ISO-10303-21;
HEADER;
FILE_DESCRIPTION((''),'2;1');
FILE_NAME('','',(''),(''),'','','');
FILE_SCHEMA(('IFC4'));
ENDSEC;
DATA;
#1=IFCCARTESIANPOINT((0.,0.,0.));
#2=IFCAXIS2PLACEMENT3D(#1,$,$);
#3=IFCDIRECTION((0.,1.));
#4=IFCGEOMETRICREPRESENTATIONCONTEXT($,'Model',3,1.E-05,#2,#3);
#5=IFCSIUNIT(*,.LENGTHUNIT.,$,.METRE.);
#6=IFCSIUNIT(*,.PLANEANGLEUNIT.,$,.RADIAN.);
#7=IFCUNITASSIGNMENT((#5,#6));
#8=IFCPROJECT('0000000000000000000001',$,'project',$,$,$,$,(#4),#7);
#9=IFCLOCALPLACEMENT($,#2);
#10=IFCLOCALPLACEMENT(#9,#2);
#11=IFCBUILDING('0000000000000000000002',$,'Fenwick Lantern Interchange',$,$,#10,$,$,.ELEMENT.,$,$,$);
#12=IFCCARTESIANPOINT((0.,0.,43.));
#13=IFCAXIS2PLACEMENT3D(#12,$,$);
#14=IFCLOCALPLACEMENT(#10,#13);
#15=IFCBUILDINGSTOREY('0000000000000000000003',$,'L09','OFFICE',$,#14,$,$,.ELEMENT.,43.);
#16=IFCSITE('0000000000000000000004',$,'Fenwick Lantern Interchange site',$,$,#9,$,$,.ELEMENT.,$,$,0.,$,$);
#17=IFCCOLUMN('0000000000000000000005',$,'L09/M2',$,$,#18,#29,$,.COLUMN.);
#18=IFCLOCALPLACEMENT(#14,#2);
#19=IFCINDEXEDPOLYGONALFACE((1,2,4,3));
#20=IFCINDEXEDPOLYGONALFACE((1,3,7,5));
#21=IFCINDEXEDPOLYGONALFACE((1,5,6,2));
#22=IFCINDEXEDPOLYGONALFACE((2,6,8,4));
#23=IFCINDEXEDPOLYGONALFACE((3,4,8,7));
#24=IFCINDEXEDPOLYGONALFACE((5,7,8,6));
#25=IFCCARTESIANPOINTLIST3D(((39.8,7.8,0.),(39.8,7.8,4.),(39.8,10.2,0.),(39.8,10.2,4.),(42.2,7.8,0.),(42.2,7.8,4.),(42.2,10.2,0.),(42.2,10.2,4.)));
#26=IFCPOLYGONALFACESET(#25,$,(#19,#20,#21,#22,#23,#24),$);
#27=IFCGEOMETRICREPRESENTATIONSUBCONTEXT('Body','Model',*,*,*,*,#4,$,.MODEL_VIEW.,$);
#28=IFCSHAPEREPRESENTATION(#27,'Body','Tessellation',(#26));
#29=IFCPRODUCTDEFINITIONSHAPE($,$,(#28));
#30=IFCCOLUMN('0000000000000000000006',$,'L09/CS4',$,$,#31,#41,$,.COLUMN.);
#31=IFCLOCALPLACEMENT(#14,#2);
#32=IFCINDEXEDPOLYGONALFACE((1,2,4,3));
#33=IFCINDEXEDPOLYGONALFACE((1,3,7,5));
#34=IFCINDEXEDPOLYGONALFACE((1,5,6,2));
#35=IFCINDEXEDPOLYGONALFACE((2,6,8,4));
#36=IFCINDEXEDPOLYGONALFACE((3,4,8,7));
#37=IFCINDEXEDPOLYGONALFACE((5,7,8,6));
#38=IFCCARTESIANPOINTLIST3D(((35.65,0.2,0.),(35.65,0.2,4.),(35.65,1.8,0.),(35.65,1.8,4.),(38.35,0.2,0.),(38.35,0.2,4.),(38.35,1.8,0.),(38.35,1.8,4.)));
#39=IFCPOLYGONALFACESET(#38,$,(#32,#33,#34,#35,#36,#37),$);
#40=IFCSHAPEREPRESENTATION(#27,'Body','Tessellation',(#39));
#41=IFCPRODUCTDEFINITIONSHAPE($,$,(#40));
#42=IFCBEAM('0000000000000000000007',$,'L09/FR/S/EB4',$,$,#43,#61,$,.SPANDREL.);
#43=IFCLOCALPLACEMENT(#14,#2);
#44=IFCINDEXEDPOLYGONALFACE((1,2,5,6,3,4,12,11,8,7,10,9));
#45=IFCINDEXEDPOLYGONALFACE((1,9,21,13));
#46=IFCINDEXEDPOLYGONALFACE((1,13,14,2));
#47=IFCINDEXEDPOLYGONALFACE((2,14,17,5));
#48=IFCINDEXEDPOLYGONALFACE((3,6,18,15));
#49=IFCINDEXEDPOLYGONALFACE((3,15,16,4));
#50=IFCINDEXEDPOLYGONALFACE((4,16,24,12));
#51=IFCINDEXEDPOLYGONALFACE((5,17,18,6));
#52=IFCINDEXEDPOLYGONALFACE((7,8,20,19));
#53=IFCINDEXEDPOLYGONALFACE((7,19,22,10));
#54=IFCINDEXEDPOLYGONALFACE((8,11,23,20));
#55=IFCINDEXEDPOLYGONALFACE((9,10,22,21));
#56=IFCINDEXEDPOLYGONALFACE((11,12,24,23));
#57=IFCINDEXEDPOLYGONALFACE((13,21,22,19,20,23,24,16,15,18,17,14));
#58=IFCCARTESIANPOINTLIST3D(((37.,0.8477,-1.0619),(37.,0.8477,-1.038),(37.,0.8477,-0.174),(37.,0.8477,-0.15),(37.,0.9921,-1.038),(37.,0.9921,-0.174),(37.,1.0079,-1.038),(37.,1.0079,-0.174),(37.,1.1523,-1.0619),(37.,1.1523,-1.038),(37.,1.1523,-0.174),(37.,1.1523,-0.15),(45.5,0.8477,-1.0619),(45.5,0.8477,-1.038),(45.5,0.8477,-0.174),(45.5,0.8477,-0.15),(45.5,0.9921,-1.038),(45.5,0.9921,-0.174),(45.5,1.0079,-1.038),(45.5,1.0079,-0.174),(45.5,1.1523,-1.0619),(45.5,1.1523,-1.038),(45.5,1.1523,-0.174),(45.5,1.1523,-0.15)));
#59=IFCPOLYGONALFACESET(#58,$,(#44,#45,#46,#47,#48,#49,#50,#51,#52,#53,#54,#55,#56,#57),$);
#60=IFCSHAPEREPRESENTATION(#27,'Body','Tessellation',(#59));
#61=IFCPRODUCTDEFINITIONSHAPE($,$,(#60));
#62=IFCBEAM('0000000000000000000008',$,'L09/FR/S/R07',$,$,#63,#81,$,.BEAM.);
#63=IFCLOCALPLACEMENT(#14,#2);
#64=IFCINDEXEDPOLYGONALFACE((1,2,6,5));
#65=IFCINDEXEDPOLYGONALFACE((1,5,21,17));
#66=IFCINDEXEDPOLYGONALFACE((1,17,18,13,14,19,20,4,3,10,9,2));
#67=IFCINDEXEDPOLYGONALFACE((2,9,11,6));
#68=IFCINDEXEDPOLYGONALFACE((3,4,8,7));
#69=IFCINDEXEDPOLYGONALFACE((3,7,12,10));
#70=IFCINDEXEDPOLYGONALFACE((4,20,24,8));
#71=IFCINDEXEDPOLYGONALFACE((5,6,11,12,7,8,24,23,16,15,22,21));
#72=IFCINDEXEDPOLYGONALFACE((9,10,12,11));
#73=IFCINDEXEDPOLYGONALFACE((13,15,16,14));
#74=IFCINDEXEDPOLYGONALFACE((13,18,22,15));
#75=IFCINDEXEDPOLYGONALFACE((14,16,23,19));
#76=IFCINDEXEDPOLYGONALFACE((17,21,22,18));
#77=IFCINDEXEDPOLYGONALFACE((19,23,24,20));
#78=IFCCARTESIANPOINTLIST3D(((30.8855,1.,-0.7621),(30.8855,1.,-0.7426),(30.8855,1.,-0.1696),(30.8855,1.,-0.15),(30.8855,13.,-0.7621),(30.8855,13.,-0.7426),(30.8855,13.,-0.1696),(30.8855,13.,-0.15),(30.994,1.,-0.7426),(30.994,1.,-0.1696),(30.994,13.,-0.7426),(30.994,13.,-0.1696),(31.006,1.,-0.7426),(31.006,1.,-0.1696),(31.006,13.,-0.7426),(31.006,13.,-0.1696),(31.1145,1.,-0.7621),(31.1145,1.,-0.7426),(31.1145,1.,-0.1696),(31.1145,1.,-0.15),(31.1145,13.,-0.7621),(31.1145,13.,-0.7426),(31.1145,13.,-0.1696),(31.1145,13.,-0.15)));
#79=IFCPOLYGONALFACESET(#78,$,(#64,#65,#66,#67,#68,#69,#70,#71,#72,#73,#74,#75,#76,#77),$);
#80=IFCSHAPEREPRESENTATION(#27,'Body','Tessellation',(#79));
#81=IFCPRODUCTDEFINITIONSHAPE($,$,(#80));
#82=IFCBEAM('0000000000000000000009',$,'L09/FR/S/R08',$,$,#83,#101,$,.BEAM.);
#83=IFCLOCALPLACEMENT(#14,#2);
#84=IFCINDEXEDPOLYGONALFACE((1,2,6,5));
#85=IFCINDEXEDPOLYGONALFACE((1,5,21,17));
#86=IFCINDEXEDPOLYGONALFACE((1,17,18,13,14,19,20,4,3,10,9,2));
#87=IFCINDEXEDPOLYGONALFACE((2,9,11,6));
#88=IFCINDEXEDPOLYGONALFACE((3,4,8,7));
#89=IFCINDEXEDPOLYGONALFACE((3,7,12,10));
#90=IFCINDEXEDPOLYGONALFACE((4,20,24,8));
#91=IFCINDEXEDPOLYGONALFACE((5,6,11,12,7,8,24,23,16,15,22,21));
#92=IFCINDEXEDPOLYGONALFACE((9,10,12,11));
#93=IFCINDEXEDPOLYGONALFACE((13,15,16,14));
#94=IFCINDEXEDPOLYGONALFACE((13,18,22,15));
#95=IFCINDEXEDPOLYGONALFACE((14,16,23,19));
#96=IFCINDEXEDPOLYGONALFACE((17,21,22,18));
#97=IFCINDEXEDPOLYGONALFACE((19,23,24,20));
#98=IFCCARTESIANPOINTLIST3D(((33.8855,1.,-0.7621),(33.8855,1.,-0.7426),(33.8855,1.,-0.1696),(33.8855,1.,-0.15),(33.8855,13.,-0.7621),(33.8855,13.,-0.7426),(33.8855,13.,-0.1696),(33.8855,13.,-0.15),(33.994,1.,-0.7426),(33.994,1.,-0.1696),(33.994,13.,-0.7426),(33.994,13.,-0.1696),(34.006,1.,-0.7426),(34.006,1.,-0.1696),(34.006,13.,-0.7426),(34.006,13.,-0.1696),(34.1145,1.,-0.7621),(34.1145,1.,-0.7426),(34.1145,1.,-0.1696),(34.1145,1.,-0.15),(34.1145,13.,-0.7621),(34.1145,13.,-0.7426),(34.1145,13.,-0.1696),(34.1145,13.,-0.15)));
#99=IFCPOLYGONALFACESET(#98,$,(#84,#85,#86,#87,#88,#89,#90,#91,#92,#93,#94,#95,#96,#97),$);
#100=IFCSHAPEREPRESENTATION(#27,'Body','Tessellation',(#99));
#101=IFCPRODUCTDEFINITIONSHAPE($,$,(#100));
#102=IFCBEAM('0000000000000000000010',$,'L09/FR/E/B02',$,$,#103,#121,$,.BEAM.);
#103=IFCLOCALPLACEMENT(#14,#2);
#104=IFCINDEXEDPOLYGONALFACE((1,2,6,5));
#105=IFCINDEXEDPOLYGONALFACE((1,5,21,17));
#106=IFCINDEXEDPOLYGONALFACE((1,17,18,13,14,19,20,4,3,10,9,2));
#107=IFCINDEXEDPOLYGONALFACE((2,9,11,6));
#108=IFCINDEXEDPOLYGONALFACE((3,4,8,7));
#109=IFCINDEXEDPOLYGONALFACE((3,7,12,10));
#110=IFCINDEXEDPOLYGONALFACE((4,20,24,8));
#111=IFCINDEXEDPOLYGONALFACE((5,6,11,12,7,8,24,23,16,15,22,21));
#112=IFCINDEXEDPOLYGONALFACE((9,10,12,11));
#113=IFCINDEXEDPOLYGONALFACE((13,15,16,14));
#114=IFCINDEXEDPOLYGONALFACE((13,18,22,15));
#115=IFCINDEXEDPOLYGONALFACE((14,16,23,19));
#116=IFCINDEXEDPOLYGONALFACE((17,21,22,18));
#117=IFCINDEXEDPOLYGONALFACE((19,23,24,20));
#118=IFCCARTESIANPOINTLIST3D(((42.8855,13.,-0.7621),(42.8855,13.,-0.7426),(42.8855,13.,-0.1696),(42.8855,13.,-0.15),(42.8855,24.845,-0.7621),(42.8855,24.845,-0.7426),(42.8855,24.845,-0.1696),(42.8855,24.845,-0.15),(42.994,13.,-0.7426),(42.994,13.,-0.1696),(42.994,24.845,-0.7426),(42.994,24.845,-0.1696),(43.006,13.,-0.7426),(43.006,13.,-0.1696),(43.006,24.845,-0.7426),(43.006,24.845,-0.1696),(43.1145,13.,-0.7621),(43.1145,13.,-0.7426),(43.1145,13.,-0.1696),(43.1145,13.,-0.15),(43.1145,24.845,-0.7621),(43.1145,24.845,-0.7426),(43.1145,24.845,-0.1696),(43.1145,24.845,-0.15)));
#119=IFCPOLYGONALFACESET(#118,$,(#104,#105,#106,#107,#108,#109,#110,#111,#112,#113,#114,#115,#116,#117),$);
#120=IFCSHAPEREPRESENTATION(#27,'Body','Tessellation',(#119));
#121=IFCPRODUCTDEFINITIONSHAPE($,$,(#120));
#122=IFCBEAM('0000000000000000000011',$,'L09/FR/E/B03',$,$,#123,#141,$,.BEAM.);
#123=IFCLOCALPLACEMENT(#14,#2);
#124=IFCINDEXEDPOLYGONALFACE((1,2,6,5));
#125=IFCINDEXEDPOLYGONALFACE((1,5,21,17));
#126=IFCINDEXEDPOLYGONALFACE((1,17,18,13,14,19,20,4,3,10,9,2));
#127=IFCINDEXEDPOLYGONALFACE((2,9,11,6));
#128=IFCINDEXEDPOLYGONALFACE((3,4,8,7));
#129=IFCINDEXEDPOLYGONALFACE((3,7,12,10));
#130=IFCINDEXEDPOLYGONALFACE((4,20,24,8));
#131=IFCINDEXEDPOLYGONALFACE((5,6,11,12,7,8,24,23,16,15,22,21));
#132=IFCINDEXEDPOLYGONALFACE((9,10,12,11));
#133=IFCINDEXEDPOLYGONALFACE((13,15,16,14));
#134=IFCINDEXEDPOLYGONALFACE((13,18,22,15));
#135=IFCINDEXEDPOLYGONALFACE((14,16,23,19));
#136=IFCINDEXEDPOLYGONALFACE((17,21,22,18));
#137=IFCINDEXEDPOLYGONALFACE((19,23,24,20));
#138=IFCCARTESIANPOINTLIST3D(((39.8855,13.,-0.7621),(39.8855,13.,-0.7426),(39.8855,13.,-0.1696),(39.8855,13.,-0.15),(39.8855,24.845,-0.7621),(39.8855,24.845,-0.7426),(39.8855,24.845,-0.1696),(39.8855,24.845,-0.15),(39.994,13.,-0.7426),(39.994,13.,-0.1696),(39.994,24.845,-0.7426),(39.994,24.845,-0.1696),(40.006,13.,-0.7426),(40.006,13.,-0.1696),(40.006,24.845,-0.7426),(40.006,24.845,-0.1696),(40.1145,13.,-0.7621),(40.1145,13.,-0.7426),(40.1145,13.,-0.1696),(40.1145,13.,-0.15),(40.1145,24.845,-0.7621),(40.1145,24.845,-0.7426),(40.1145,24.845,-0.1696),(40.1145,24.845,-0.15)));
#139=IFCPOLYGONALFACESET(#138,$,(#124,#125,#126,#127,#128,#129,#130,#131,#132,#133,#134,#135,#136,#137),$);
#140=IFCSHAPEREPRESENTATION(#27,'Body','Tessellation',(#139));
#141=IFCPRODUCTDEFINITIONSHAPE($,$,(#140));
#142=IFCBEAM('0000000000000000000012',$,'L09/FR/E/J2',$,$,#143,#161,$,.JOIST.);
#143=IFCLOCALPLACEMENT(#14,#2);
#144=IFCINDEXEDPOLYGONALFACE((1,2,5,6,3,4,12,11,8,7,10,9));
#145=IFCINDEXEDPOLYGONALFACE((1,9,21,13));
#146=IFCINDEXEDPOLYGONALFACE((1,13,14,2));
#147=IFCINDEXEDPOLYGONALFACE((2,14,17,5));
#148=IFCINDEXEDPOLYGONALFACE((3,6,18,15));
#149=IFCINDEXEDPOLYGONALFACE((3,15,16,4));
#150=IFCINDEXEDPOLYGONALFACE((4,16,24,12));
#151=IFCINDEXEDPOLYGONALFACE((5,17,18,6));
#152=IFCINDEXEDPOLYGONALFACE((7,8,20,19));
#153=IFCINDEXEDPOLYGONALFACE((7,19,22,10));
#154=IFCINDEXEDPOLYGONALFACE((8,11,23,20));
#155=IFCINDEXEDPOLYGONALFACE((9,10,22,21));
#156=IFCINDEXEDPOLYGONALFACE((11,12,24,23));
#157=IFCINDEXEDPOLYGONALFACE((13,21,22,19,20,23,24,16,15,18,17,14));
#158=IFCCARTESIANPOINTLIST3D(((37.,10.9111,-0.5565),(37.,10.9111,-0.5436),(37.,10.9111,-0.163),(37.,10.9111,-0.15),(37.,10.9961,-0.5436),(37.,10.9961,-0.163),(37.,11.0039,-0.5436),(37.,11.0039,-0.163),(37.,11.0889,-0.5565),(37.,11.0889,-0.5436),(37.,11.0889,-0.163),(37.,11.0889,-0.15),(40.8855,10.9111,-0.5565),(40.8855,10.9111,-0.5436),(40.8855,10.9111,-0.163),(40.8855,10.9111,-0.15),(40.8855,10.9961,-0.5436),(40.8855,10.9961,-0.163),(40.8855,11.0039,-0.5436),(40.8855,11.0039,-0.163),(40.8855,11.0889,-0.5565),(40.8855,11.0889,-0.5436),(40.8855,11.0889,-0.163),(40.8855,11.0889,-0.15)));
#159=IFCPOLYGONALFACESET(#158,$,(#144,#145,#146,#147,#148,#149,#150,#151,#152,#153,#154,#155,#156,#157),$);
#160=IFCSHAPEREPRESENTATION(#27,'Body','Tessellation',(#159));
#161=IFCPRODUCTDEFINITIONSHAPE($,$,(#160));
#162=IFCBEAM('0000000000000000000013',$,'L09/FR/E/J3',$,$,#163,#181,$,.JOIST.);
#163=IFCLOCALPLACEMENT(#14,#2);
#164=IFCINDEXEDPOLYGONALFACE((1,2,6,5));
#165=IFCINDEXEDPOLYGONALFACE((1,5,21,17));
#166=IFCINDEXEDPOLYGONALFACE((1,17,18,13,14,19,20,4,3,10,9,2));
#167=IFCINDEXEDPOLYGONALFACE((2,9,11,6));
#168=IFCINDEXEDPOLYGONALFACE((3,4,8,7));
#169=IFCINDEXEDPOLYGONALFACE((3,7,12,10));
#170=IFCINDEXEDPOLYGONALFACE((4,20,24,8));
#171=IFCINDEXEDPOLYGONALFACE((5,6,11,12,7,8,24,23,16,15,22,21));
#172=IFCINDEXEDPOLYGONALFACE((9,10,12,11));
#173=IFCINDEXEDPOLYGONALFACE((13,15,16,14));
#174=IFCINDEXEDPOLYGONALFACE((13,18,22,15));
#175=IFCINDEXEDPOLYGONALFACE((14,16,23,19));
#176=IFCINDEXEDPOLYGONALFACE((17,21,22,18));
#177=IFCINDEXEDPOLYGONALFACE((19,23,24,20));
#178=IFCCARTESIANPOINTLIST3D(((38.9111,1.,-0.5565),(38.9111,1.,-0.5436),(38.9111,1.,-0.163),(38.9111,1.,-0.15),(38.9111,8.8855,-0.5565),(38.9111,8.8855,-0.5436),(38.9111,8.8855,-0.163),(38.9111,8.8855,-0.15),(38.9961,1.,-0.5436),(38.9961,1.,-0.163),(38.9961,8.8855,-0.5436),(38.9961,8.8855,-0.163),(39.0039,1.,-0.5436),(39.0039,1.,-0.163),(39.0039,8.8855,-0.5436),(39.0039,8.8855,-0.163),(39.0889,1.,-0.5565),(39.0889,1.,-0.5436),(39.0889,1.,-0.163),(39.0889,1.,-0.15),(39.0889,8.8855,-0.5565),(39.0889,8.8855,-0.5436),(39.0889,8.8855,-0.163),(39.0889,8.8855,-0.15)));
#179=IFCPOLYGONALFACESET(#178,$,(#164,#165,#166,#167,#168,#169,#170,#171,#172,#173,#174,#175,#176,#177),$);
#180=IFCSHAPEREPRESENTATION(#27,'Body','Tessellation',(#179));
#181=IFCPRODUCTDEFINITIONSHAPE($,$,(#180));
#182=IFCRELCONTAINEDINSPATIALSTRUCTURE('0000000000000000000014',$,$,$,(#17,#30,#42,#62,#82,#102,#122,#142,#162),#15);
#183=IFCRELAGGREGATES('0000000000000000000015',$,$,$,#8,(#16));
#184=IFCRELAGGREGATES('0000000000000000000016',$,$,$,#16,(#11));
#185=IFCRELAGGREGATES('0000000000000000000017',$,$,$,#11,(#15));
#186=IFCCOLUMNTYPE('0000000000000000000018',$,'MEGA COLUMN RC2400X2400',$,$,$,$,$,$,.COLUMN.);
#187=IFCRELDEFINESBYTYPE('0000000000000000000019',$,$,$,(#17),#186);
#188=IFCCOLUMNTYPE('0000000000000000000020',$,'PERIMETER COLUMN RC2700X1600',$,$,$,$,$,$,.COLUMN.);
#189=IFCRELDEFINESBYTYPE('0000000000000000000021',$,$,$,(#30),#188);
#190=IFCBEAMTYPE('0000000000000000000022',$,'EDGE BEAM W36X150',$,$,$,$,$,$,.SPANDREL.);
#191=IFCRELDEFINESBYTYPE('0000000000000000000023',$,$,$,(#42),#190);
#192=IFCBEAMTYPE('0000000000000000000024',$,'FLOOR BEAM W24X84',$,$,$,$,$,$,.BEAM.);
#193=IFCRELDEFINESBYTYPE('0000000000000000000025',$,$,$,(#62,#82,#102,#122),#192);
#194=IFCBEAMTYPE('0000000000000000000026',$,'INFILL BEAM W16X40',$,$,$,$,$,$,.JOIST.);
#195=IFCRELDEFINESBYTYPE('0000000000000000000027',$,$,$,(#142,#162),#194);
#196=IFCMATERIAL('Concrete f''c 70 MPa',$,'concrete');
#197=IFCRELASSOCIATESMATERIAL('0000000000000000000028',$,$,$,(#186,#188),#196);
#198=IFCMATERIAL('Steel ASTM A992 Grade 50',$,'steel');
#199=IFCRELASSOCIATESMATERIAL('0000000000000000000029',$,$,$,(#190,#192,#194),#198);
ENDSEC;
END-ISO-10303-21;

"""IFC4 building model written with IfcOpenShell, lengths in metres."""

from ifc_helpers import new_model, si_unit, direction, frame, origin, origin_2d, place, context, subcontext, project, spatial, rectangle, i_section, extrude, material, material_profile, profile_set, type_object, element, save


model = new_model("IFC4")

# Units and contexts
model_context = context("Model", 3, precision=1e-05, world=origin(), true_north=direction((0.0, 1.0)))
body_context = subcontext(model_context, "Body", "Model", "MODEL_VIEW")
ifc_project = project(units=[si_unit("LENGTHUNIT", "METRE"), si_unit("PLANEANGLEUNIT", "RADIAN")], contexts=[model_context])

# Site, building, storey
site_placement = place(None, origin())
site = spatial("IfcSite", under=ifc_project, at=site_placement, Name="Fenwick Lantern Interchange site", CompositionType="ELEMENT", RefElevation=0.0)
building_placement = place(site_placement, origin())
building = spatial("IfcBuilding", under=site, at=building_placement, Name="Fenwick Lantern Interchange", CompositionType="ELEMENT")
storey_placement = place(building_placement, frame((0.0, 0.0, 43.0)))
storey = spatial("IfcBuildingStorey", under=building, at=storey_placement, Name="L09", Description="OFFICE", CompositionType="ELEMENT", Elevation=43.0)

# Columns
ifc_material_1 = material(Name="Concrete f'c 70 MPa", Category="concrete")
ifc_material_profile_1 = material_profile(ifc_material_1, rectangle(XDim=2.3999, YDim=2.3999, at=origin_2d()), Name="RC2400X2400")
ifc_profile_set_1 = profile_set([ifc_material_profile_1], Name="Concrete f'c 70 MPa")
column_type_1 = type_object("IfcColumnType", Name="MEGA COLUMN RC2400X2400", PredefinedType="COLUMN", material=ifc_profile_set_1)
column_1_placement = place(storey_placement, frame((41.0, 9.0, 0.0), z_axis=(0.0, 0.0, 1.0), x_axis=(1.0, 0.0, 0.0)))
element("IfcColumn", 1, at=column_1_placement, inside=storey, type_object=column_type_1, Name="L09/M2", PredefinedType="COLUMN", context=body_context, shape_type="SweptSolid", body=[
    extrude(rectangle(XDim=2.3999, YDim=2.3999, at=origin_2d()), origin(), (0.0, 0.0, 1.0), 4.0),
])
ifc_material_profile_2 = material_profile(ifc_material_1, rectangle(XDim=2.7, YDim=1.6001, at=origin_2d()), Name="RC2700X1600")
ifc_profile_set_2 = profile_set([ifc_material_profile_2], Name="Concrete f'c 70 MPa")
column_type_2 = type_object("IfcColumnType", Name="PERIMETER COLUMN RC2700X1600", PredefinedType="COLUMN", material=ifc_profile_set_2)
column_2_placement = place(storey_placement, frame((37.0, 1.0, 0.0), z_axis=(0.0, 0.0, 1.0), x_axis=(1.0, 0.0, 0.0)))
element("IfcColumn", 2, at=column_2_placement, inside=storey, type_object=column_type_2, Name="L09/CS4", PredefinedType="COLUMN", context=body_context, shape_type="SweptSolid", body=[
    extrude(rectangle(XDim=2.7, YDim=1.6001, at=origin_2d()), origin(), (0.0, 0.0, 1.0), 4.0),
])

# Beams
ifc_material_2 = material(Name="Steel ASTM A992 Grade 50", Category="steel")
ifc_material_profile_3 = material_profile(ifc_material_2, i_section(OverallWidth=0.3047, OverallDepth=0.9119, WebThickness=0.0159, FlangeThickness=0.0239, at=origin_2d()), Name="W36X150")
ifc_profile_set_3 = profile_set([ifc_material_profile_3], Name="Steel ASTM A992 Grade 50")
beam_type_1 = type_object("IfcBeamType", Name="EDGE BEAM W36X150", PredefinedType="SPANDREL", material=ifc_profile_set_3)
beam_1_placement = place(storey_placement, frame((37.0, 1.0, -0.606), z_axis=(1.0, 0.0, 0.0), x_axis=(0.0, 1.0, 0.0)))
element("IfcBeam", 3, at=beam_1_placement, inside=storey, type_object=beam_type_1, Name="L09/FR/S/EB4", PredefinedType="SPANDREL", context=body_context, shape_type="SweptSolid", body=[
    extrude(i_section(OverallWidth=0.3047, OverallDepth=0.9119, WebThickness=0.0159, FlangeThickness=0.0239, at=origin_2d()), origin(), (0.0, 0.0, 1.0), 8.5),
])
ifc_material_profile_4 = material_profile(ifc_material_2, i_section(OverallWidth=0.229, OverallDepth=0.6121, WebThickness=0.012, FlangeThickness=0.0195, at=origin_2d()), Name="W24X84")
ifc_profile_set_4 = profile_set([ifc_material_profile_4], Name="Steel ASTM A992 Grade 50")
beam_type_2 = type_object("IfcBeamType", Name="FLOOR BEAM W24X84", PredefinedType="BEAM", material=ifc_profile_set_4)
for number, where, z_axis, x_axis, name in (
    (4, (31.0, 1.0, -0.4561), (0.0, 1.0, 0.0), (-1.0, 0.0, 0.0), "L09/FR/S/R07"),
    (5, (34.0, 1.0, -0.4561), (0.0, 1.0, 0.0), (-1.0, 0.0, 0.0), "L09/FR/S/R08"),
):
    element("IfcBeam", number, at=place(storey_placement, frame(where, z_axis=z_axis, x_axis=x_axis)), inside=storey, type_object=beam_type_2, Name=name, PredefinedType="BEAM", context=body_context, shape_type="SweptSolid", body=[
        extrude(i_section(OverallWidth=0.229, OverallDepth=0.6121, WebThickness=0.012, FlangeThickness=0.0195, at=origin_2d()), origin(), (0.0, 0.0, 1.0), 12.0),
    ])
for number, where, z_axis, x_axis, name in (
    (6, (43.0, 13.0, -0.4561), (0.0, 1.0, 0.0), (-1.0, 0.0, 0.0), "L09/FR/E/B02"),
    (7, (40.0, 13.0, -0.4561), (0.0, 1.0, 0.0), (-1.0, 0.0, 0.0), "L09/FR/E/B03"),
):
    element("IfcBeam", number, at=place(storey_placement, frame(where, z_axis=z_axis, x_axis=x_axis)), inside=storey, type_object=beam_type_2, Name=name, PredefinedType="BEAM", context=body_context, shape_type="SweptSolid", body=[
        extrude(i_section(OverallWidth=0.229, OverallDepth=0.6121, WebThickness=0.012, FlangeThickness=0.0195, at=origin_2d()), origin(), (0.0, 0.0, 1.0), 11.845),
    ])
ifc_material_profile_5 = material_profile(ifc_material_2, i_section(OverallWidth=0.1777, OverallDepth=0.4065, WebThickness=0.0078, FlangeThickness=0.0129, at=origin_2d()), Name="W16X40")
ifc_profile_set_5 = profile_set([ifc_material_profile_5], Name="Steel ASTM A992 Grade 50")
beam_type_3 = type_object("IfcBeamType", Name="INFILL BEAM W16X40", PredefinedType="JOIST", material=ifc_profile_set_5)
beam_2_placement = place(storey_placement, frame((40.8855, 11.0, -0.3533), z_axis=(-1.0, 0.0, 0.0), x_axis=(0.0, -1.0, 0.0)))
element("IfcBeam", 8, at=beam_2_placement, inside=storey, type_object=beam_type_3, Name="L09/FR/E/J2", PredefinedType="JOIST", context=body_context, shape_type="SweptSolid", body=[
    extrude(i_section(OverallWidth=0.1777, OverallDepth=0.4065, WebThickness=0.0078, FlangeThickness=0.0129, at=origin_2d()), origin(), (0.0, 0.0, 1.0), 3.8855),
])
beam_3_placement = place(storey_placement, frame((39.0, 1.0, -0.3533), z_axis=(0.0, 1.0, 0.0), x_axis=(-1.0, 0.0, 0.0)))
element("IfcBeam", 9, at=beam_3_placement, inside=storey, type_object=beam_type_3, Name="L09/FR/E/J3", PredefinedType="JOIST", context=body_context, shape_type="SweptSolid", body=[
    extrude(i_section(OverallWidth=0.1777, OverallDepth=0.4065, WebThickness=0.0078, FlangeThickness=0.0129, at=origin_2d()), origin(), (0.0, 0.0, 1.0), 7.8855),
])

save(model, "model.ifc")
